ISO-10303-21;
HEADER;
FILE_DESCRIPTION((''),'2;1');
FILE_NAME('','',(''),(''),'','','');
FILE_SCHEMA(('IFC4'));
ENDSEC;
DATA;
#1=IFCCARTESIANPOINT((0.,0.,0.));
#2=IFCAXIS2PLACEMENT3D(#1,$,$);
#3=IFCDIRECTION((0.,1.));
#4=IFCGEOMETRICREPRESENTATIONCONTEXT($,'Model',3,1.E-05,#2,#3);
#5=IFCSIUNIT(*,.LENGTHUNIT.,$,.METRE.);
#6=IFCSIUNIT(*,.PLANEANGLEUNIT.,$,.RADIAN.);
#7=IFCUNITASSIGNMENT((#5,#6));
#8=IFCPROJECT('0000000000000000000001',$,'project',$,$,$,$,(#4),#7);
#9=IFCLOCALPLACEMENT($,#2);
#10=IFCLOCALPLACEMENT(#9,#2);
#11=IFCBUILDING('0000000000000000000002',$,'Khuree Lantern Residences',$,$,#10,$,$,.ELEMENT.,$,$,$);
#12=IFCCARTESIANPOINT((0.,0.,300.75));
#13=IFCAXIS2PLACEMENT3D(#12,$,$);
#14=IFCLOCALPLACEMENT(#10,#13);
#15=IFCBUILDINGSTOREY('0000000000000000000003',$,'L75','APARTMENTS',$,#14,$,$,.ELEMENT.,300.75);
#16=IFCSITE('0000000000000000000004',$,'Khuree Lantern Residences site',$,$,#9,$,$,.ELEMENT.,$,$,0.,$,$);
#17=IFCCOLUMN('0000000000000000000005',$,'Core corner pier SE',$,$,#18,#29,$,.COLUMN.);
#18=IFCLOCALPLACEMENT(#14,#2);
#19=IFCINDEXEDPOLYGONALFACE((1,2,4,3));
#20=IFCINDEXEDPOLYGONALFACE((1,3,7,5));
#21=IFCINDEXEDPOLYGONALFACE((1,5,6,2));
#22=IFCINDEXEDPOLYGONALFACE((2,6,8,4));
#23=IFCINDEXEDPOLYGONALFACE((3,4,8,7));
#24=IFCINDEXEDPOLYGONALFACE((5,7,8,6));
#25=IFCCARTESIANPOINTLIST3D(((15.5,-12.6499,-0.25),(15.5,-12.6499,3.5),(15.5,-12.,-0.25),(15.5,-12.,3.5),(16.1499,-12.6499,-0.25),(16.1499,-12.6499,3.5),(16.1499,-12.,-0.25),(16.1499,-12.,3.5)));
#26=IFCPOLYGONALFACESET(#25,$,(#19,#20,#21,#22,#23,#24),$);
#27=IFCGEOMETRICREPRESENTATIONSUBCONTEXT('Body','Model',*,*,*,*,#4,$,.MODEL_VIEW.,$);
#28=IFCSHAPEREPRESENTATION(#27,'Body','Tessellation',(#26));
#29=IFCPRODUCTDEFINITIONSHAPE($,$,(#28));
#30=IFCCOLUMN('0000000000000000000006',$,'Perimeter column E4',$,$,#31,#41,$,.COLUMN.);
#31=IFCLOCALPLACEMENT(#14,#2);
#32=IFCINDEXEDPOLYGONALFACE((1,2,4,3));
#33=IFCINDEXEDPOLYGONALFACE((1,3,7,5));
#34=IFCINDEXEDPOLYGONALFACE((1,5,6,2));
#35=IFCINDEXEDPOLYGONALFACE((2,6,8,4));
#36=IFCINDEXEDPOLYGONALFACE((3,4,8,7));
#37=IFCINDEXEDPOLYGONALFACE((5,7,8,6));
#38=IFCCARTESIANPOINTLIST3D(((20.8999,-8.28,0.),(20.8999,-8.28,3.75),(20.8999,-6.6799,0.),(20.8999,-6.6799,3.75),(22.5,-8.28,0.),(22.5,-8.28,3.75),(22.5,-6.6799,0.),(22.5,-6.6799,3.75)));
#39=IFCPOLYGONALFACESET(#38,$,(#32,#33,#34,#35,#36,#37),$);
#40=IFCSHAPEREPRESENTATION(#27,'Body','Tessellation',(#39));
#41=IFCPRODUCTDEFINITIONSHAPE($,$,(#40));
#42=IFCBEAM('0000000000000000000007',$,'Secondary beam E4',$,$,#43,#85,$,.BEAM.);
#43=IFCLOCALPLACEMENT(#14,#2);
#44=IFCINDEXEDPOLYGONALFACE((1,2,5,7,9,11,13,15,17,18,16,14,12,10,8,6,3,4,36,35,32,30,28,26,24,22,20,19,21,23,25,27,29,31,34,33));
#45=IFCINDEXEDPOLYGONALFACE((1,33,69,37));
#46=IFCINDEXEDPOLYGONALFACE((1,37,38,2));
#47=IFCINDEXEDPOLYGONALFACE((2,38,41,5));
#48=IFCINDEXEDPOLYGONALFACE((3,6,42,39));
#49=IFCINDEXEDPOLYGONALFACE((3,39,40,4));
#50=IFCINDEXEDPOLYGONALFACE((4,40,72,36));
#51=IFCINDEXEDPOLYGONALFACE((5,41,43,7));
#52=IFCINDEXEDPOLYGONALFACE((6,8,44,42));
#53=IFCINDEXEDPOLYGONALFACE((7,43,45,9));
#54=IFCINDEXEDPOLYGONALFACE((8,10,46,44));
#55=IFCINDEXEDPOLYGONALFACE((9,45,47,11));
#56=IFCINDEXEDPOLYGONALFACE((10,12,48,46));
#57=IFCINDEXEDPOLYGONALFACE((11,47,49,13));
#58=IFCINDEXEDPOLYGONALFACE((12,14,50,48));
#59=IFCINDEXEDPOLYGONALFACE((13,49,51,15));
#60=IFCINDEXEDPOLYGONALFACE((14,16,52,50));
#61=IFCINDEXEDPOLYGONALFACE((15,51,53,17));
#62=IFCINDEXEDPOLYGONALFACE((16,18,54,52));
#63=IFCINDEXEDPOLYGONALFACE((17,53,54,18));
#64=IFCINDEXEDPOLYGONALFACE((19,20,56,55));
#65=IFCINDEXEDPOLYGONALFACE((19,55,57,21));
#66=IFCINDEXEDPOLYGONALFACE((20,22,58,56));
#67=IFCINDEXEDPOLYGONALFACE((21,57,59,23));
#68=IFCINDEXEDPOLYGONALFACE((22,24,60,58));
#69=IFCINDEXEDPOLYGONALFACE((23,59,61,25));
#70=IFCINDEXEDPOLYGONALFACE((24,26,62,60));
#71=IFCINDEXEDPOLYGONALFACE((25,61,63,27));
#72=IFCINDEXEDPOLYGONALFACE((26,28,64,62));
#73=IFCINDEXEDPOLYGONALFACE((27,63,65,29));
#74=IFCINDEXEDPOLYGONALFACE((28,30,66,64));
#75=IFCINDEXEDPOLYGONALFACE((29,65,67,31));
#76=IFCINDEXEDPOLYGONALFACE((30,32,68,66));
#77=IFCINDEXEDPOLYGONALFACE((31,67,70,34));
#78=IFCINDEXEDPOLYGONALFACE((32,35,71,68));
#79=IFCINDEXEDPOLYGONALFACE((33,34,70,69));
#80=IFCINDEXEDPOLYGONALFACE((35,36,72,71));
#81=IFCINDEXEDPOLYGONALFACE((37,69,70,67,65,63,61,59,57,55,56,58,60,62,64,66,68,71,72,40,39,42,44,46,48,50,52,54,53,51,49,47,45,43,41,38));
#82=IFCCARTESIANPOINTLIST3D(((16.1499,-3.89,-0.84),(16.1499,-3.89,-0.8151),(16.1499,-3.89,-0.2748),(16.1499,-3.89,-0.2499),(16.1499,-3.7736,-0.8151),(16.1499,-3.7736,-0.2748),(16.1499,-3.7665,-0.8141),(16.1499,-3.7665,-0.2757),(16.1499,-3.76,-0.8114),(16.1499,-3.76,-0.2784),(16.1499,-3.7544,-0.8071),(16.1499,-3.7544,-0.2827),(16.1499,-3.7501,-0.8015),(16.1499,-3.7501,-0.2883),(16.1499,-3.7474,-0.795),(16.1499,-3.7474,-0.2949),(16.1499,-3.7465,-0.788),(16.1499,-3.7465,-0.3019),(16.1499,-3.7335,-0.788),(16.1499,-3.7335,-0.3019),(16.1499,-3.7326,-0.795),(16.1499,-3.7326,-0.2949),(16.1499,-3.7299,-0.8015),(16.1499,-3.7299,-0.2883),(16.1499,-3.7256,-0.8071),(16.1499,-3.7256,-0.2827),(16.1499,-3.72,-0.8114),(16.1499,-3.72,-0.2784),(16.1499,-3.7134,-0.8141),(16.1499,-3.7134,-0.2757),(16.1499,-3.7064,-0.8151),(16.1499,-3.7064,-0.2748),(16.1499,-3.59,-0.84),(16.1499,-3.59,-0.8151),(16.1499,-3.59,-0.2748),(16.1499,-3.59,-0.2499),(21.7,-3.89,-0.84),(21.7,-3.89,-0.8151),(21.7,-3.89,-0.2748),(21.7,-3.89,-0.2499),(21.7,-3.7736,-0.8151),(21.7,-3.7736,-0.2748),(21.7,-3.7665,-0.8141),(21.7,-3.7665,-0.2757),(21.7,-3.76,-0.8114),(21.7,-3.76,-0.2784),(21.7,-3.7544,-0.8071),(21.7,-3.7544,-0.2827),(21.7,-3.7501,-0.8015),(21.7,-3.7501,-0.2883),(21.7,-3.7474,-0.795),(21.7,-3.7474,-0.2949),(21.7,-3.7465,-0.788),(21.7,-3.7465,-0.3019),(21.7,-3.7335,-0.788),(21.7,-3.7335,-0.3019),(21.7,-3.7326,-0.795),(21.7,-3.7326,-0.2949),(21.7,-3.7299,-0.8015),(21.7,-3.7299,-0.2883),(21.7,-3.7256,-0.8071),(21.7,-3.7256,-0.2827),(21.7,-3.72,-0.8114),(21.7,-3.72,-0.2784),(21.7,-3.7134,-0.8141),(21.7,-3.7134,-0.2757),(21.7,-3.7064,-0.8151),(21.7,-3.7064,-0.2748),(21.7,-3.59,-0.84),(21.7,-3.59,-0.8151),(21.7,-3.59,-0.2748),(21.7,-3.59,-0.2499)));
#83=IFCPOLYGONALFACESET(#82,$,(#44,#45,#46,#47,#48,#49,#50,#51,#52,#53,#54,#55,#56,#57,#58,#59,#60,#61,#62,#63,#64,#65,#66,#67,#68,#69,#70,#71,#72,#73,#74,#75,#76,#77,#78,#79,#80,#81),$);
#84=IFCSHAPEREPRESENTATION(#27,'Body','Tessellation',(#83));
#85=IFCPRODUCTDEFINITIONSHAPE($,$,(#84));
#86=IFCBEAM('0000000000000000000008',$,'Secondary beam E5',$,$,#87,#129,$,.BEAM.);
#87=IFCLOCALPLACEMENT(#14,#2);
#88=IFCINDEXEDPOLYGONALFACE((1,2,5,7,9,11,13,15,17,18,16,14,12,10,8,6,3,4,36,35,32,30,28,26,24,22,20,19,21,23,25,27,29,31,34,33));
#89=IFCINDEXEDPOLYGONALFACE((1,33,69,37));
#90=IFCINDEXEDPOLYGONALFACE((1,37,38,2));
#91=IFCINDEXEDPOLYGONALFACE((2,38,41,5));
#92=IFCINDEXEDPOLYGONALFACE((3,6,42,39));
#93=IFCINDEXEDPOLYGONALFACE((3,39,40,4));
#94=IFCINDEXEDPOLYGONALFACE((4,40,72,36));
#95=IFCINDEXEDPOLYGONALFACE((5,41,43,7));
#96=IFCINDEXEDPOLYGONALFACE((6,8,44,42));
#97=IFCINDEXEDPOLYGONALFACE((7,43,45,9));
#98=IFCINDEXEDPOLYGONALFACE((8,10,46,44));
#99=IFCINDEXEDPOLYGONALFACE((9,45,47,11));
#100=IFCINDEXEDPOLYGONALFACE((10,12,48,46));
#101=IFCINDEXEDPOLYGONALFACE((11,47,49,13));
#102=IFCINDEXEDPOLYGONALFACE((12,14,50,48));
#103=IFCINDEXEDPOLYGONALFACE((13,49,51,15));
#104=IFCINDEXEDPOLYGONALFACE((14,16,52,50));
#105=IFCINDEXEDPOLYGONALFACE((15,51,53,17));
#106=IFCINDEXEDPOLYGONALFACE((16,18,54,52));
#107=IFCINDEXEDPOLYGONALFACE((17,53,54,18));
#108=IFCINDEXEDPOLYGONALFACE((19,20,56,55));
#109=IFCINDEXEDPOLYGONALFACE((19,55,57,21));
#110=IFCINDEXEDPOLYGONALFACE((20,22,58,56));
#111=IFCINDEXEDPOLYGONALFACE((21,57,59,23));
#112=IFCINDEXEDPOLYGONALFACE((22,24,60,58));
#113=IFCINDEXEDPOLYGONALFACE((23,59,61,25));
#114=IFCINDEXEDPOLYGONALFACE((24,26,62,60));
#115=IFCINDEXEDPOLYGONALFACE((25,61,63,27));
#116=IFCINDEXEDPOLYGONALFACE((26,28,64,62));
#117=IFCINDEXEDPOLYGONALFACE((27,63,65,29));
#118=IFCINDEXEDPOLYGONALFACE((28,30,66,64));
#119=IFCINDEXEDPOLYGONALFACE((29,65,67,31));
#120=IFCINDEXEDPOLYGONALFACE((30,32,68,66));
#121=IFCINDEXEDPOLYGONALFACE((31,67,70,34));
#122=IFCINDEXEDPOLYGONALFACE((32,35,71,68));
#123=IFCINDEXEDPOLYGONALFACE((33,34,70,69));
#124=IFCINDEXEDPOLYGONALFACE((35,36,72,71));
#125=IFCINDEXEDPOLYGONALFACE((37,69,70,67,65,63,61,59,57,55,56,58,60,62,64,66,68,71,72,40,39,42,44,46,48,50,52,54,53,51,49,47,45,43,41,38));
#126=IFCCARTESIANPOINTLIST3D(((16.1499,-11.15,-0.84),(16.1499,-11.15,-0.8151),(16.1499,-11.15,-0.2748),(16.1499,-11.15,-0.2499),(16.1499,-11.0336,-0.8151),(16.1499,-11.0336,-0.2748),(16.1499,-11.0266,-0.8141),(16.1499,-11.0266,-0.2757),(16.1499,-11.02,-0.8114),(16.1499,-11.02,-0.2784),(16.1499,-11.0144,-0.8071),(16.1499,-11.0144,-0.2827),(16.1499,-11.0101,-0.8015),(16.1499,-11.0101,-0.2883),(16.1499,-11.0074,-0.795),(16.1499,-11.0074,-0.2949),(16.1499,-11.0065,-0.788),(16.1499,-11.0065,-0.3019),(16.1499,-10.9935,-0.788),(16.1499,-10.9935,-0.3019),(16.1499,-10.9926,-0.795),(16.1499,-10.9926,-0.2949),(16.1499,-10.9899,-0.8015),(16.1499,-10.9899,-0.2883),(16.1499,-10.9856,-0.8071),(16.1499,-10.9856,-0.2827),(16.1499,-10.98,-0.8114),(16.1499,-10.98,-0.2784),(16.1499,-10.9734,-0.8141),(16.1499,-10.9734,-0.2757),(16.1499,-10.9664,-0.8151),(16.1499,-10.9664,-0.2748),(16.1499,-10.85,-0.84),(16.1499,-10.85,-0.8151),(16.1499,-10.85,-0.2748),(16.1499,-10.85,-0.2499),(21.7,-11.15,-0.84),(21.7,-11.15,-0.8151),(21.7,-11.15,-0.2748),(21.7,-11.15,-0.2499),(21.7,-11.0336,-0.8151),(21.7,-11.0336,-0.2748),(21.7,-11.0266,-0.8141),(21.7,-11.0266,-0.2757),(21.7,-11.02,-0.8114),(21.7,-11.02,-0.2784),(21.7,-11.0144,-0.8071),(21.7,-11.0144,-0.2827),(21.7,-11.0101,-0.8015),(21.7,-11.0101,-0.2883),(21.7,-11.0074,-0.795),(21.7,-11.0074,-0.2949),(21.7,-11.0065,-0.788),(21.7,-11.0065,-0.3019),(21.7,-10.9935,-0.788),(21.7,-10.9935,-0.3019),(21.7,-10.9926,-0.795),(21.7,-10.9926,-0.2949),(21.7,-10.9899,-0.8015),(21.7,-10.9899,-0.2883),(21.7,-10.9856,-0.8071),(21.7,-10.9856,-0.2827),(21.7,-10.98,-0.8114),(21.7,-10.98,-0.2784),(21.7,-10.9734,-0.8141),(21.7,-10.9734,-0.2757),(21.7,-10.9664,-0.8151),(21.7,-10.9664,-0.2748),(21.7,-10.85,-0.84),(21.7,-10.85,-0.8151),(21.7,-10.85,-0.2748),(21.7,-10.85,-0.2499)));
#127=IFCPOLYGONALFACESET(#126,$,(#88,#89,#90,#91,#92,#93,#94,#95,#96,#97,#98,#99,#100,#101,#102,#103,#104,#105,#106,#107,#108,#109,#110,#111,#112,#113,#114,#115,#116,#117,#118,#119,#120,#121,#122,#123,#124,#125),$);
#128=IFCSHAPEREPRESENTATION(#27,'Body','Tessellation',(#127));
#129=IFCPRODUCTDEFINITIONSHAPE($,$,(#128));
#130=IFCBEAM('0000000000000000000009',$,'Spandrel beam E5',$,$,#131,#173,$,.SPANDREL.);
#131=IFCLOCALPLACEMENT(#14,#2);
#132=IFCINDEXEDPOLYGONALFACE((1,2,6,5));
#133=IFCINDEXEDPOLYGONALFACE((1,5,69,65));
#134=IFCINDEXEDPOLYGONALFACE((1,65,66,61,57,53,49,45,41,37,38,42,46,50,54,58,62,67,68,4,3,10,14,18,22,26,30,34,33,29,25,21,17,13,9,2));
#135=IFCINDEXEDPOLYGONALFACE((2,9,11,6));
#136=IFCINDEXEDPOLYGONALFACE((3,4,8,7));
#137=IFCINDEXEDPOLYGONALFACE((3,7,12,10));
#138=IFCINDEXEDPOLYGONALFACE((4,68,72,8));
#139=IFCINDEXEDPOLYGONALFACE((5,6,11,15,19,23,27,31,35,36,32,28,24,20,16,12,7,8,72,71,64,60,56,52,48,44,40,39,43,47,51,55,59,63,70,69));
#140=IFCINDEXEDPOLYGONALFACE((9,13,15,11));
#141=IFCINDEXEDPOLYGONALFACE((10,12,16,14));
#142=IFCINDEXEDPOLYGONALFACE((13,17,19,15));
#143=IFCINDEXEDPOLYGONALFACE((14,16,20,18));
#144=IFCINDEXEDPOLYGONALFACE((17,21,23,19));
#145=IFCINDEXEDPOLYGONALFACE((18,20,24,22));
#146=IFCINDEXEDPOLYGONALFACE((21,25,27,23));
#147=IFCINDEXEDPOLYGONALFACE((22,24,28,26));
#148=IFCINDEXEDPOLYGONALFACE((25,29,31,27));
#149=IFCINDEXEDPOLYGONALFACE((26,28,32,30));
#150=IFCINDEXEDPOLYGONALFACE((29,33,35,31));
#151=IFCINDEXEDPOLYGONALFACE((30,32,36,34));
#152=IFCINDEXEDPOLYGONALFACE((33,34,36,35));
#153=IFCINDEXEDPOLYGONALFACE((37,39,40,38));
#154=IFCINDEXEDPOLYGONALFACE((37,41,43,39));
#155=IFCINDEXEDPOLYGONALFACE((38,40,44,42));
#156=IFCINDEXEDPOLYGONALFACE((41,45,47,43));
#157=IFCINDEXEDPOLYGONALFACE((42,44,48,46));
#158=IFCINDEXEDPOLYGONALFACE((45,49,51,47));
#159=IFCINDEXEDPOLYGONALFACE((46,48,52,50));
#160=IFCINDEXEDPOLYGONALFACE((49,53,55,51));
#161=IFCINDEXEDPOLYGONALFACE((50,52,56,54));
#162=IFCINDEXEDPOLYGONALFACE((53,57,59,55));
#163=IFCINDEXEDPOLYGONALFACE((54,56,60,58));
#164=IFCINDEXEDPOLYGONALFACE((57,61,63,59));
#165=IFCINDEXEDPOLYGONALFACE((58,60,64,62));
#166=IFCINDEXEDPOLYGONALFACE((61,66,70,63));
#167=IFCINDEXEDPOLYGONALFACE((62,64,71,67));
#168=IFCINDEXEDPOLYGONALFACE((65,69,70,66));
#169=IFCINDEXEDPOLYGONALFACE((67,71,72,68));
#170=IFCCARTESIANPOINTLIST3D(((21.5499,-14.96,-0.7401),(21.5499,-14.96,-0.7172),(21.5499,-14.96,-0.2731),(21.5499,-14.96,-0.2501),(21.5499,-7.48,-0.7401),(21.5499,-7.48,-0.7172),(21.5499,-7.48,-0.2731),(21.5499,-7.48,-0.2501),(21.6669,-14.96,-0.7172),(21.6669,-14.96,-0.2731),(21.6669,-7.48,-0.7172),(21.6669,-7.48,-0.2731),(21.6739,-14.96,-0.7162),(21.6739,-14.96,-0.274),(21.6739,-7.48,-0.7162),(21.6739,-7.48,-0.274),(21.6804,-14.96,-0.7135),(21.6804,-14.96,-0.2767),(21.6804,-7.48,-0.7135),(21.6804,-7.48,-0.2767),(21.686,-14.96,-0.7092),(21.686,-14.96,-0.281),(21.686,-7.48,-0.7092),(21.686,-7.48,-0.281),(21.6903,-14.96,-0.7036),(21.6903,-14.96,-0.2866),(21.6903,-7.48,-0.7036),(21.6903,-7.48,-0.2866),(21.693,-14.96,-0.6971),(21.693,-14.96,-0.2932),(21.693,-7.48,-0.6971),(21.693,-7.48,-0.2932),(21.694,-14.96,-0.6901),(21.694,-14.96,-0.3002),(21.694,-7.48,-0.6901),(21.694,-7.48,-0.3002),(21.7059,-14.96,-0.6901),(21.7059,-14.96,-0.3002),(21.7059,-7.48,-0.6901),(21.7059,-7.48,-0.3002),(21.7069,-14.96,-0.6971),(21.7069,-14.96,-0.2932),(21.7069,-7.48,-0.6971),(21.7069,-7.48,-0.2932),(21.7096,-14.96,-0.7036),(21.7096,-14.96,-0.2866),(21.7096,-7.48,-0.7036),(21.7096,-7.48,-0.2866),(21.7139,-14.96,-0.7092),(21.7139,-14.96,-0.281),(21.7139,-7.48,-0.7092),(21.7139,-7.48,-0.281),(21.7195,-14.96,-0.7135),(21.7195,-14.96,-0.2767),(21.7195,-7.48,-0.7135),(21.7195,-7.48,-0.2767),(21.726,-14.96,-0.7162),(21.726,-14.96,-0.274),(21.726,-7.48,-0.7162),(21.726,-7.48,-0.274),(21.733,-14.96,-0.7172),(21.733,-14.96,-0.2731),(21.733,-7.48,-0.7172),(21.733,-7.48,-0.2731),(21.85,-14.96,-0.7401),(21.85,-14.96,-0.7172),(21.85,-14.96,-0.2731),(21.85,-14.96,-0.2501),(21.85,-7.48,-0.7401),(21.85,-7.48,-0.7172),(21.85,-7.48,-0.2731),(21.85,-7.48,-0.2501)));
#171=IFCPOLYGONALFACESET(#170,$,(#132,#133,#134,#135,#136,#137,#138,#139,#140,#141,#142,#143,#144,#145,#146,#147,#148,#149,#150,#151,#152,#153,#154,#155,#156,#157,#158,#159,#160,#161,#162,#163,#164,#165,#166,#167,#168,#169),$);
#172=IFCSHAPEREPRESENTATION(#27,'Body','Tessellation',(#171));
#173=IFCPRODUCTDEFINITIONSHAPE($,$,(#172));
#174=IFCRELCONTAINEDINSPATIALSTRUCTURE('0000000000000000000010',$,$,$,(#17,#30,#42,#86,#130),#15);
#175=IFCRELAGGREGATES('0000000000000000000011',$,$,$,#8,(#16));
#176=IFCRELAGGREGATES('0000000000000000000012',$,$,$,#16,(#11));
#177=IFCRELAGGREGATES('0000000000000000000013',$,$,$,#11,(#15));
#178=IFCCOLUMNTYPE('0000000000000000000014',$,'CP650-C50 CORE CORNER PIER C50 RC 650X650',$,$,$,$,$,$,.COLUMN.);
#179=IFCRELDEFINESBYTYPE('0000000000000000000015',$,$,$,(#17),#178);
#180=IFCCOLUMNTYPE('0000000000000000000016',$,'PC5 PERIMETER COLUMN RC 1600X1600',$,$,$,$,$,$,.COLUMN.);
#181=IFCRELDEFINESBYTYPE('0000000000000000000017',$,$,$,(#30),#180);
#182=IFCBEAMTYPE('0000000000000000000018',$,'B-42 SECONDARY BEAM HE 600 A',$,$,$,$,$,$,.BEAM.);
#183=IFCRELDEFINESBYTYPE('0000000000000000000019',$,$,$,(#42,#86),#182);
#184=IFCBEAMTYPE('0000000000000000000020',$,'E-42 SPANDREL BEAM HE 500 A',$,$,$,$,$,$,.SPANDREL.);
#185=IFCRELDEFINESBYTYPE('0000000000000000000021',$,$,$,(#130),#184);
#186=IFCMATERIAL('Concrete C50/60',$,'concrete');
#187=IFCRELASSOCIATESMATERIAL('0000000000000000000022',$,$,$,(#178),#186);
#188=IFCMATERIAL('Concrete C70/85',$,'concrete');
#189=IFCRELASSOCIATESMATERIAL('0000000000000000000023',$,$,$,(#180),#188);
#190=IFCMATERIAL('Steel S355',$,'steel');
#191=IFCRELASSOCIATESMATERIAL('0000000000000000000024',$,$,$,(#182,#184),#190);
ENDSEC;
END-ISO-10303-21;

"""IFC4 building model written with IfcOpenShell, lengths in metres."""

from ifc_helpers import new_model, si_unit, direction, frame, origin, origin_2d, place, context, subcontext, project, spatial, rectangle, i_section, extrude, material, material_profile, profile_set, type_object, element, save


model = new_model("IFC4")

# Units and contexts
model_context = context("Model", 3, precision=1e-05, world=origin(), true_north=direction((0.0, 1.0)))
body_context = subcontext(model_context, "Body", "Model", "MODEL_VIEW")
ifc_project = project(units=[si_unit("LENGTHUNIT", "METRE"), si_unit("PLANEANGLEUNIT", "RADIAN")], contexts=[model_context])

# Site, building, storey
site_placement = place(None, origin())
site = spatial("IfcSite", under=ifc_project, at=site_placement, Name="Khuree Lantern Residences site", CompositionType="ELEMENT", RefElevation=0.0)
building_placement = place(site_placement, origin())
building = spatial("IfcBuilding", under=site, at=building_placement, Name="Khuree Lantern Residences", CompositionType="ELEMENT")
storey_placement = place(building_placement, frame((0.0, 0.0, 300.75)))
storey = spatial("IfcBuildingStorey", under=building, at=storey_placement, Name="L75", Description="APARTMENTS", CompositionType="ELEMENT", Elevation=300.75)

# Columns
ifc_material_1 = material(Name="Concrete C50/60", Category="concrete")
ifc_material_profile_1 = material_profile(ifc_material_1, rectangle(XDim=0.6499, YDim=0.6499, at=origin_2d()), Name="RC 650X650")
ifc_profile_set_1 = profile_set([ifc_material_profile_1], Name="Concrete C50/60")
column_type_1 = type_object("IfcColumnType", Name="CP650-C50 CORE CORNER PIER C50 RC 650X650", PredefinedType="COLUMN", material=ifc_profile_set_1)
column_1_placement = place(storey_placement, frame((15.825, -12.325, -0.25), z_axis=(0.0, 0.0, 1.0), x_axis=(1.0, 0.0, 0.0)))
element("IfcColumn", 1, at=column_1_placement, inside=storey, type_object=column_type_1, Name="Core corner pier SE", PredefinedType="COLUMN", context=body_context, shape_type="SweptSolid", body=[
    extrude(rectangle(XDim=0.6499, YDim=0.6499, at=origin_2d()), origin(), (0.0, 0.0, 1.0), 3.75),
])
ifc_material_2 = material(Name="Concrete C70/85", Category="concrete")
ifc_material_profile_2 = material_profile(ifc_material_2, rectangle(XDim=1.6001, YDim=1.6001, at=origin_2d()), Name="RC 1600X1600")
ifc_profile_set_2 = profile_set([ifc_material_profile_2], Name="Concrete C70/85")
column_type_2 = type_object("IfcColumnType", Name="PC5 PERIMETER COLUMN RC 1600X1600", PredefinedType="COLUMN", material=ifc_profile_set_2)
column_2_placement = place(storey_placement, frame((21.7, -7.48, 0.0), z_axis=(0.0, 0.0, 1.0), x_axis=(0.0, 1.0, 0.0)))
element("IfcColumn", 2, at=column_2_placement, inside=storey, type_object=column_type_2, Name="Perimeter column E4", PredefinedType="COLUMN", context=body_context, shape_type="SweptSolid", body=[
    extrude(rectangle(XDim=1.6001, YDim=1.6001, at=origin_2d()), origin(), (0.0, 0.0, 1.0), 3.75),
])

# Beams
ifc_material_3 = material(Name="Steel S355", Category="steel")
ifc_material_profile_3 = material_profile(ifc_material_3, i_section(OverallWidth=0.3, OverallDepth=0.5901, WebThickness=0.0129, FlangeThickness=0.0249, FilletRadius=0.0271, at=origin_2d()), Name="HE 600 A")
ifc_profile_set_3 = profile_set([ifc_material_profile_3], Name="Steel S355")
beam_type_1 = type_object("IfcBeamType", Name="B-42 SECONDARY BEAM HE 600 A", PredefinedType="BEAM", material=ifc_profile_set_3)
for number, where, z_axis, x_axis, name in (
    (3, (21.7, -3.74, -0.5449), (-1.0, 0.0, 0.0), (0.0, -1.0, 0.0), "Secondary beam E4"),
    (4, (21.7, -11.0, -0.5449), (-1.0, 0.0, 0.0), (0.0, -1.0, 0.0), "Secondary beam E5"),
):
    element("IfcBeam", number, at=place(storey_placement, frame(where, z_axis=z_axis, x_axis=x_axis)), inside=storey, type_object=beam_type_1, Name=name, PredefinedType="BEAM", context=body_context, shape_type="SweptSolid", body=[
        extrude(i_section(OverallWidth=0.3, OverallDepth=0.5901, WebThickness=0.0129, FlangeThickness=0.0249, FilletRadius=0.0271, at=origin_2d()), origin(), (0.0, 0.0, 1.0), 5.55),
    ])
ifc_material_profile_4 = material_profile(ifc_material_3, i_section(OverallWidth=0.3, OverallDepth=0.49, WebThickness=0.012, FlangeThickness=0.0229, FilletRadius=0.0271, at=origin_2d()), Name="HE 500 A")
ifc_profile_set_4 = profile_set([ifc_material_profile_4], Name="Steel S355")
beam_type_2 = type_object("IfcBeamType", Name="E-42 SPANDREL BEAM HE 500 A", PredefinedType="SPANDREL", material=ifc_profile_set_4)
beam_1_placement = place(storey_placement, frame((21.7, -7.48, -0.4951), z_axis=(0.0, -1.0, 0.0), x_axis=(1.0, 0.0, 0.0)))
element("IfcBeam", 5, at=beam_1_placement, inside=storey, type_object=beam_type_2, Name="Spandrel beam E5", PredefinedType="SPANDREL", context=body_context, shape_type="SweptSolid", body=[
    extrude(i_section(OverallWidth=0.3, OverallDepth=0.49, WebThickness=0.012, FlangeThickness=0.0229, FilletRadius=0.0271, at=origin_2d()), origin(), (0.0, 0.0, 1.0), 7.48),
])

save(model, "model.ifc")
